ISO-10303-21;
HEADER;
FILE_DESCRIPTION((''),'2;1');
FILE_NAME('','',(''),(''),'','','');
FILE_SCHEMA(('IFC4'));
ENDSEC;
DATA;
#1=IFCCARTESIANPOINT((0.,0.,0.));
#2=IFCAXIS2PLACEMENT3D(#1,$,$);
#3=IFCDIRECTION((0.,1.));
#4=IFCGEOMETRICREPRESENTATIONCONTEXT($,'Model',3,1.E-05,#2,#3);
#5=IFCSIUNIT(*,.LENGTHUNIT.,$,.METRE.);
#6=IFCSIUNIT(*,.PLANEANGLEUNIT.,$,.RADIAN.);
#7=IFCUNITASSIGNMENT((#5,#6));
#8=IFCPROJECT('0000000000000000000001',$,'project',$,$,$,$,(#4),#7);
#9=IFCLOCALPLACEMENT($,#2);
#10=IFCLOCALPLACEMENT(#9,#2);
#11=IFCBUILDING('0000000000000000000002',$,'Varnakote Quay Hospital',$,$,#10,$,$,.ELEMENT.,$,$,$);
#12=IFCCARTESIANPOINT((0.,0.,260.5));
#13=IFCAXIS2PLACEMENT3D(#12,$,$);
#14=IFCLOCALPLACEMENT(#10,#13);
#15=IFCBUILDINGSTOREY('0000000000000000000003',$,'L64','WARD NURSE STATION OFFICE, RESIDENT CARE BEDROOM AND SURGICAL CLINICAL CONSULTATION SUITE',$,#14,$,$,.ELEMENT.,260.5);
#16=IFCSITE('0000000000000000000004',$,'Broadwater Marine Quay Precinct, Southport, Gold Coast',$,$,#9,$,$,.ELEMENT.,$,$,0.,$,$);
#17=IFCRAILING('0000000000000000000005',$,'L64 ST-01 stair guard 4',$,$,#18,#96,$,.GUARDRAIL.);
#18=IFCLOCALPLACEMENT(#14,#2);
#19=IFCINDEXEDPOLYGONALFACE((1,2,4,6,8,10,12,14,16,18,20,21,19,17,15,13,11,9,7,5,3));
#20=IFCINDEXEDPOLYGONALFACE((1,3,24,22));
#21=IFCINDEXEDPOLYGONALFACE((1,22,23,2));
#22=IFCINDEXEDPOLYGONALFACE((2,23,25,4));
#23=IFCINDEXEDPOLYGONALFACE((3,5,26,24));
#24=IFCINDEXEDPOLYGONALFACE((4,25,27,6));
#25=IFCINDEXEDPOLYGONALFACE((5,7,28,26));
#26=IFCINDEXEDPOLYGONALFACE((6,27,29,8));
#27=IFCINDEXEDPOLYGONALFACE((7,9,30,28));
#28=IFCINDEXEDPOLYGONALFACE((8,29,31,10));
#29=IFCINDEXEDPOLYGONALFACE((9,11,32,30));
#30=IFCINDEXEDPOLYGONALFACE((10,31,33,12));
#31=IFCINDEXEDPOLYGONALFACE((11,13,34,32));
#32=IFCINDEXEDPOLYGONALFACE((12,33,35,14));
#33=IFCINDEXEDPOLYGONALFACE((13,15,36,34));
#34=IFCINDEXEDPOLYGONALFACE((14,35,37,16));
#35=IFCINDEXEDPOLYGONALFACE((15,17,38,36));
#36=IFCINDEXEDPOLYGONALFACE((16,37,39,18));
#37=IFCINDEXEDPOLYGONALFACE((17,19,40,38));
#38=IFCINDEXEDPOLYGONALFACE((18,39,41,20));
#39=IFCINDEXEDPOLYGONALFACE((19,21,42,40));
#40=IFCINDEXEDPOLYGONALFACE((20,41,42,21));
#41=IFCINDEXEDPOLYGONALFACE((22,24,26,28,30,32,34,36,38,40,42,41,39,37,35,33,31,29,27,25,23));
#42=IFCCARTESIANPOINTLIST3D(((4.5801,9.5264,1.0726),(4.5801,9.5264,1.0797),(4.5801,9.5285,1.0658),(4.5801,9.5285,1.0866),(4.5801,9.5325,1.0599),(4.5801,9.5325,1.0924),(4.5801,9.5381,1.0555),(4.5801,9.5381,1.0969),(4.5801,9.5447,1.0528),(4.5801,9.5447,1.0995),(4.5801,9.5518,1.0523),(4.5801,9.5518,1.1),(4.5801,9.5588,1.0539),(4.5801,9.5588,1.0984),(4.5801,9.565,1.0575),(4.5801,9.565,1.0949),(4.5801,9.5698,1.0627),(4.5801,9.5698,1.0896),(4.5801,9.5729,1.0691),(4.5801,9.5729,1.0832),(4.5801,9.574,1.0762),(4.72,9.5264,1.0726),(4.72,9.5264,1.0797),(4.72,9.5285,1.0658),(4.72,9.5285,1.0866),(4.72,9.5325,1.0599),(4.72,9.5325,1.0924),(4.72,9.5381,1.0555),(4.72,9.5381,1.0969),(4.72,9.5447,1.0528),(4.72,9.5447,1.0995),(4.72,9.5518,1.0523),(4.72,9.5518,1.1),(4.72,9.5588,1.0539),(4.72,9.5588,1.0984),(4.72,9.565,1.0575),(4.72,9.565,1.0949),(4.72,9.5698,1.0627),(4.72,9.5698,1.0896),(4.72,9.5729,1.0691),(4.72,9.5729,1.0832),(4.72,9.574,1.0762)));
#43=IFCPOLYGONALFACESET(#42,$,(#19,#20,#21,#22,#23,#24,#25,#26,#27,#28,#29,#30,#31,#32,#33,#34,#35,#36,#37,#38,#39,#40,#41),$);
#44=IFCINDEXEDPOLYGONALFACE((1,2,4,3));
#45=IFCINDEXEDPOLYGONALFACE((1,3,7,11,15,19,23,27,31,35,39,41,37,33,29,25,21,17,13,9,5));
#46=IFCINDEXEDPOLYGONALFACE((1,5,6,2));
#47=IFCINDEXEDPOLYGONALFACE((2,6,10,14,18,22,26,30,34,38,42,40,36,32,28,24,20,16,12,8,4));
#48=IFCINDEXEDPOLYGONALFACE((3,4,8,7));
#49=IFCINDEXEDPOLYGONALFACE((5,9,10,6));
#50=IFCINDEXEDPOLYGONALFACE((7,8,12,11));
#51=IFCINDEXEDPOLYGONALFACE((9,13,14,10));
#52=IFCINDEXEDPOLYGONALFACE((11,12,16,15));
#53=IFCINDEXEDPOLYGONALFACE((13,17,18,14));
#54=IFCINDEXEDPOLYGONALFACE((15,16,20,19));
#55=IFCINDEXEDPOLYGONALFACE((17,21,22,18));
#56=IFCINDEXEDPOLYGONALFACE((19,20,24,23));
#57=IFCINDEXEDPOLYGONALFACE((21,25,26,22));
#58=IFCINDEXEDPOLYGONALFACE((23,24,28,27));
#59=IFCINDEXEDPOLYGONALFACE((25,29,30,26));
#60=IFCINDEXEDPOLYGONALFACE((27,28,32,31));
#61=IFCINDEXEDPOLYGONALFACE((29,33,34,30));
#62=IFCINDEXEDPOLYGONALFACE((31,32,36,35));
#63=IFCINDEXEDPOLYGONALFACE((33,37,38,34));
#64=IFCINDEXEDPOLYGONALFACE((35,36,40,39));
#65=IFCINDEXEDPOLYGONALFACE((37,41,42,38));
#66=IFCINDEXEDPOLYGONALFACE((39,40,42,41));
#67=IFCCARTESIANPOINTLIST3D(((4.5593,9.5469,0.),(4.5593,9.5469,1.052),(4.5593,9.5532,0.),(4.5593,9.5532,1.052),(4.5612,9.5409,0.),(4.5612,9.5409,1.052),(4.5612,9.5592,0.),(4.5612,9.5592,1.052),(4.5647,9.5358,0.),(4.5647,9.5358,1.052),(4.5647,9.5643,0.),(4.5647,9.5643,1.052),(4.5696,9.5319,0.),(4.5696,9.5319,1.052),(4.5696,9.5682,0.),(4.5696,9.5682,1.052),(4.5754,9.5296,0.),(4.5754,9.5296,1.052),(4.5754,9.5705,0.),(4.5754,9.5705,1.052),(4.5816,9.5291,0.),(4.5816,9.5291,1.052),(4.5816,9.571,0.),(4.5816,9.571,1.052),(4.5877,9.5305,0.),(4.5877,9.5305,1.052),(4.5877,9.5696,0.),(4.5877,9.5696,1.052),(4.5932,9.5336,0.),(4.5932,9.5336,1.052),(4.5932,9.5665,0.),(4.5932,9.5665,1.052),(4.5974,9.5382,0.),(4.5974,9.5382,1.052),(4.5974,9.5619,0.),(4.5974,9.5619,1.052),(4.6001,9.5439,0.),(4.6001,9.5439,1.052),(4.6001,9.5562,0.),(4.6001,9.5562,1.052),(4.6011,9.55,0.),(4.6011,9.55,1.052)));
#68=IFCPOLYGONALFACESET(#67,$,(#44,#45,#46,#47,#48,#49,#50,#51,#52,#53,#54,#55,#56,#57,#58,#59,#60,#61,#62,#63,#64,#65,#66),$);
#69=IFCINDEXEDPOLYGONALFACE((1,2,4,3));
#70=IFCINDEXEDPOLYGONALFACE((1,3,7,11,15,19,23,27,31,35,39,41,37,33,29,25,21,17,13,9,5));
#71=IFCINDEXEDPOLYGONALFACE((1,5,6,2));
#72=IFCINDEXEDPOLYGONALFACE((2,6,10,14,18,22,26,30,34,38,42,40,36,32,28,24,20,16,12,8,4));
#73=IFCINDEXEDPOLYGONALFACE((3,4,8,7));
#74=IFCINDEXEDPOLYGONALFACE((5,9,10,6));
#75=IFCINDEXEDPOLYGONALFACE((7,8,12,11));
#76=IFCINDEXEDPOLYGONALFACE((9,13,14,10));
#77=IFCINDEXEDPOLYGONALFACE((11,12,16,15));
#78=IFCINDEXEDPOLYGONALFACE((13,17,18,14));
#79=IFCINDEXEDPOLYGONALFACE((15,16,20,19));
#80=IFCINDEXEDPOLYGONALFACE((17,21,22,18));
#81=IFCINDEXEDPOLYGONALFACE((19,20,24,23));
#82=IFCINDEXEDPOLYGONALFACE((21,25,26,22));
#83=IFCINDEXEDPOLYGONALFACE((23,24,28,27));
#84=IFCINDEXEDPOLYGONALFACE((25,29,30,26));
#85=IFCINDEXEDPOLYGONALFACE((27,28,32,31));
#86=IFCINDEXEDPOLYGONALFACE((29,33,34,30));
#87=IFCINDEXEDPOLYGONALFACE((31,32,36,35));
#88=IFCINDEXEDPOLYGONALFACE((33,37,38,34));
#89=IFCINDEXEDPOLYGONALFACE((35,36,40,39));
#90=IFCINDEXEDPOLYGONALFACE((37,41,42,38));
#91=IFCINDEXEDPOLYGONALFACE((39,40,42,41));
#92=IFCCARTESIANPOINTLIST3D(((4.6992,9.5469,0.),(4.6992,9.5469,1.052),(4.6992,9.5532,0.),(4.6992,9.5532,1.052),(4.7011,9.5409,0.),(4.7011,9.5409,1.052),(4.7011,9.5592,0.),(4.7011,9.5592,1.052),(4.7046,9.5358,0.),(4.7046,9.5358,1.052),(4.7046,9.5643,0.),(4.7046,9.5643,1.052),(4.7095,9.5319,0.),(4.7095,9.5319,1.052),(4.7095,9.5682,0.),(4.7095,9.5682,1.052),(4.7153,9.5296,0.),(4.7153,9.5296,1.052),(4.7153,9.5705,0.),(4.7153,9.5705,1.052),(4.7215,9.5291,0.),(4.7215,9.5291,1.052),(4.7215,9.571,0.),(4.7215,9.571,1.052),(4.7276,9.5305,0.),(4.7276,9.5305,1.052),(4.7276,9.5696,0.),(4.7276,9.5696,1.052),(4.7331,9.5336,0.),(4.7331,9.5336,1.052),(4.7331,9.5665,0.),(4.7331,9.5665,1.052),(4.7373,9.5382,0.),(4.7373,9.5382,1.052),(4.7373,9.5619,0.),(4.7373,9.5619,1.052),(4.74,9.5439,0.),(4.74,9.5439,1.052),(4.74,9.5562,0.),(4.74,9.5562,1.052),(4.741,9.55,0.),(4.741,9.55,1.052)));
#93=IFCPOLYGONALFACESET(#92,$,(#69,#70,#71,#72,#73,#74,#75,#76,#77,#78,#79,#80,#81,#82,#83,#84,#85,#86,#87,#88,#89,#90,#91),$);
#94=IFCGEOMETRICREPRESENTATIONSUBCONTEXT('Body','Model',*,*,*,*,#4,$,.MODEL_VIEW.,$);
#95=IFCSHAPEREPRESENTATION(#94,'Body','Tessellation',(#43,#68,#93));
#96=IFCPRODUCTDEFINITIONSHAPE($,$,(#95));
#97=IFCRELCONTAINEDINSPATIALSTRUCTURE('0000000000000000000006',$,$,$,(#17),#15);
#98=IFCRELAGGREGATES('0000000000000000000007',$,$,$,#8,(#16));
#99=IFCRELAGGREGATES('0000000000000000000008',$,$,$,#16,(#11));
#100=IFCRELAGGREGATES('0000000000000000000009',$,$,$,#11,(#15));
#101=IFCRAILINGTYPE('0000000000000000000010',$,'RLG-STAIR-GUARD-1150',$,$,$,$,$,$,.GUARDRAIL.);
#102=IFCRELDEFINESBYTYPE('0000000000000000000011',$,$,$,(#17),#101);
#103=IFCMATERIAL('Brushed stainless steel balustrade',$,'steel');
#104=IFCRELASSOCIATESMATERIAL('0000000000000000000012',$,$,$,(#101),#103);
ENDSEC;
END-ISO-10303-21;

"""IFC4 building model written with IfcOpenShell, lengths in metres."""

from ifc_helpers import new_model, si_unit, direction, frame, origin, origin_2d, place, context, subcontext, project, spatial, circle, extrude, material, type_object, element, save


model = new_model("IFC4")

# Units and contexts
model_context = context("Model", 3, precision=1e-05, world=origin(), true_north=direction((0.0, 1.0)))
body_context = subcontext(model_context, "Body", "Model", "MODEL_VIEW")
ifc_project = project(units=[si_unit("LENGTHUNIT", "METRE"), si_unit("PLANEANGLEUNIT", "RADIAN")], contexts=[model_context])

# Site, building, storey
site_placement = place(None, origin())
site = spatial("IfcSite", under=ifc_project, at=site_placement, Name="Broadwater Marine Quay Precinct, Southport, Gold Coast", CompositionType="ELEMENT", RefElevation=0.0)
building_placement = place(site_placement, origin())
building = spatial("IfcBuilding", under=site, at=building_placement, Name="Varnakote Quay Hospital", CompositionType="ELEMENT")
storey_placement = place(building_placement, frame((0.0, 0.0, 260.5)))
storey = spatial("IfcBuildingStorey", under=building, at=storey_placement, Name="L64", Description="WARD NURSE STATION OFFICE, RESIDENT CARE BEDROOM AND SURGICAL CLINICAL CONSULTATION SUITE", CompositionType="ELEMENT", Elevation=260.5)

# Railing
ifc_material_1 = material(Name="Brushed stainless steel balustrade", Category="steel")
railing_type_1 = type_object("IfcRailingType", Name="RLG-STAIR-GUARD-1150", PredefinedType="GUARDRAIL", material=ifc_material_1)
railing_1_placement = place(storey_placement, frame((4.5801, 9.55, 0.0)))
element("IfcRailing", 1, at=railing_1_placement, inside=storey, type_object=railing_type_1, Name="L64 ST-01 stair guard 4", PredefinedType="GUARDRAIL", context=body_context, shape_type="SweptSolid", body=[
    extrude(circle(Radius=0.0239, at=origin_2d()), frame((0.0, 0.0, 1.0762), z_axis=(1.0, 0.0, 0.0), x_axis=(0.0, 1.0, 0.0)), (0.0, 0.0, 1.0), 0.1399),
    extrude(circle(Radius=0.021, at=origin_2d()), origin(), (0.0, 0.0, 1.0), 1.052),
    extrude(circle(Radius=0.021, at=origin_2d()), frame((0.1399, 0.0, 0.0)), (0.0, 0.0, 1.0), 1.052),
])

save(model, "model.ifc")
